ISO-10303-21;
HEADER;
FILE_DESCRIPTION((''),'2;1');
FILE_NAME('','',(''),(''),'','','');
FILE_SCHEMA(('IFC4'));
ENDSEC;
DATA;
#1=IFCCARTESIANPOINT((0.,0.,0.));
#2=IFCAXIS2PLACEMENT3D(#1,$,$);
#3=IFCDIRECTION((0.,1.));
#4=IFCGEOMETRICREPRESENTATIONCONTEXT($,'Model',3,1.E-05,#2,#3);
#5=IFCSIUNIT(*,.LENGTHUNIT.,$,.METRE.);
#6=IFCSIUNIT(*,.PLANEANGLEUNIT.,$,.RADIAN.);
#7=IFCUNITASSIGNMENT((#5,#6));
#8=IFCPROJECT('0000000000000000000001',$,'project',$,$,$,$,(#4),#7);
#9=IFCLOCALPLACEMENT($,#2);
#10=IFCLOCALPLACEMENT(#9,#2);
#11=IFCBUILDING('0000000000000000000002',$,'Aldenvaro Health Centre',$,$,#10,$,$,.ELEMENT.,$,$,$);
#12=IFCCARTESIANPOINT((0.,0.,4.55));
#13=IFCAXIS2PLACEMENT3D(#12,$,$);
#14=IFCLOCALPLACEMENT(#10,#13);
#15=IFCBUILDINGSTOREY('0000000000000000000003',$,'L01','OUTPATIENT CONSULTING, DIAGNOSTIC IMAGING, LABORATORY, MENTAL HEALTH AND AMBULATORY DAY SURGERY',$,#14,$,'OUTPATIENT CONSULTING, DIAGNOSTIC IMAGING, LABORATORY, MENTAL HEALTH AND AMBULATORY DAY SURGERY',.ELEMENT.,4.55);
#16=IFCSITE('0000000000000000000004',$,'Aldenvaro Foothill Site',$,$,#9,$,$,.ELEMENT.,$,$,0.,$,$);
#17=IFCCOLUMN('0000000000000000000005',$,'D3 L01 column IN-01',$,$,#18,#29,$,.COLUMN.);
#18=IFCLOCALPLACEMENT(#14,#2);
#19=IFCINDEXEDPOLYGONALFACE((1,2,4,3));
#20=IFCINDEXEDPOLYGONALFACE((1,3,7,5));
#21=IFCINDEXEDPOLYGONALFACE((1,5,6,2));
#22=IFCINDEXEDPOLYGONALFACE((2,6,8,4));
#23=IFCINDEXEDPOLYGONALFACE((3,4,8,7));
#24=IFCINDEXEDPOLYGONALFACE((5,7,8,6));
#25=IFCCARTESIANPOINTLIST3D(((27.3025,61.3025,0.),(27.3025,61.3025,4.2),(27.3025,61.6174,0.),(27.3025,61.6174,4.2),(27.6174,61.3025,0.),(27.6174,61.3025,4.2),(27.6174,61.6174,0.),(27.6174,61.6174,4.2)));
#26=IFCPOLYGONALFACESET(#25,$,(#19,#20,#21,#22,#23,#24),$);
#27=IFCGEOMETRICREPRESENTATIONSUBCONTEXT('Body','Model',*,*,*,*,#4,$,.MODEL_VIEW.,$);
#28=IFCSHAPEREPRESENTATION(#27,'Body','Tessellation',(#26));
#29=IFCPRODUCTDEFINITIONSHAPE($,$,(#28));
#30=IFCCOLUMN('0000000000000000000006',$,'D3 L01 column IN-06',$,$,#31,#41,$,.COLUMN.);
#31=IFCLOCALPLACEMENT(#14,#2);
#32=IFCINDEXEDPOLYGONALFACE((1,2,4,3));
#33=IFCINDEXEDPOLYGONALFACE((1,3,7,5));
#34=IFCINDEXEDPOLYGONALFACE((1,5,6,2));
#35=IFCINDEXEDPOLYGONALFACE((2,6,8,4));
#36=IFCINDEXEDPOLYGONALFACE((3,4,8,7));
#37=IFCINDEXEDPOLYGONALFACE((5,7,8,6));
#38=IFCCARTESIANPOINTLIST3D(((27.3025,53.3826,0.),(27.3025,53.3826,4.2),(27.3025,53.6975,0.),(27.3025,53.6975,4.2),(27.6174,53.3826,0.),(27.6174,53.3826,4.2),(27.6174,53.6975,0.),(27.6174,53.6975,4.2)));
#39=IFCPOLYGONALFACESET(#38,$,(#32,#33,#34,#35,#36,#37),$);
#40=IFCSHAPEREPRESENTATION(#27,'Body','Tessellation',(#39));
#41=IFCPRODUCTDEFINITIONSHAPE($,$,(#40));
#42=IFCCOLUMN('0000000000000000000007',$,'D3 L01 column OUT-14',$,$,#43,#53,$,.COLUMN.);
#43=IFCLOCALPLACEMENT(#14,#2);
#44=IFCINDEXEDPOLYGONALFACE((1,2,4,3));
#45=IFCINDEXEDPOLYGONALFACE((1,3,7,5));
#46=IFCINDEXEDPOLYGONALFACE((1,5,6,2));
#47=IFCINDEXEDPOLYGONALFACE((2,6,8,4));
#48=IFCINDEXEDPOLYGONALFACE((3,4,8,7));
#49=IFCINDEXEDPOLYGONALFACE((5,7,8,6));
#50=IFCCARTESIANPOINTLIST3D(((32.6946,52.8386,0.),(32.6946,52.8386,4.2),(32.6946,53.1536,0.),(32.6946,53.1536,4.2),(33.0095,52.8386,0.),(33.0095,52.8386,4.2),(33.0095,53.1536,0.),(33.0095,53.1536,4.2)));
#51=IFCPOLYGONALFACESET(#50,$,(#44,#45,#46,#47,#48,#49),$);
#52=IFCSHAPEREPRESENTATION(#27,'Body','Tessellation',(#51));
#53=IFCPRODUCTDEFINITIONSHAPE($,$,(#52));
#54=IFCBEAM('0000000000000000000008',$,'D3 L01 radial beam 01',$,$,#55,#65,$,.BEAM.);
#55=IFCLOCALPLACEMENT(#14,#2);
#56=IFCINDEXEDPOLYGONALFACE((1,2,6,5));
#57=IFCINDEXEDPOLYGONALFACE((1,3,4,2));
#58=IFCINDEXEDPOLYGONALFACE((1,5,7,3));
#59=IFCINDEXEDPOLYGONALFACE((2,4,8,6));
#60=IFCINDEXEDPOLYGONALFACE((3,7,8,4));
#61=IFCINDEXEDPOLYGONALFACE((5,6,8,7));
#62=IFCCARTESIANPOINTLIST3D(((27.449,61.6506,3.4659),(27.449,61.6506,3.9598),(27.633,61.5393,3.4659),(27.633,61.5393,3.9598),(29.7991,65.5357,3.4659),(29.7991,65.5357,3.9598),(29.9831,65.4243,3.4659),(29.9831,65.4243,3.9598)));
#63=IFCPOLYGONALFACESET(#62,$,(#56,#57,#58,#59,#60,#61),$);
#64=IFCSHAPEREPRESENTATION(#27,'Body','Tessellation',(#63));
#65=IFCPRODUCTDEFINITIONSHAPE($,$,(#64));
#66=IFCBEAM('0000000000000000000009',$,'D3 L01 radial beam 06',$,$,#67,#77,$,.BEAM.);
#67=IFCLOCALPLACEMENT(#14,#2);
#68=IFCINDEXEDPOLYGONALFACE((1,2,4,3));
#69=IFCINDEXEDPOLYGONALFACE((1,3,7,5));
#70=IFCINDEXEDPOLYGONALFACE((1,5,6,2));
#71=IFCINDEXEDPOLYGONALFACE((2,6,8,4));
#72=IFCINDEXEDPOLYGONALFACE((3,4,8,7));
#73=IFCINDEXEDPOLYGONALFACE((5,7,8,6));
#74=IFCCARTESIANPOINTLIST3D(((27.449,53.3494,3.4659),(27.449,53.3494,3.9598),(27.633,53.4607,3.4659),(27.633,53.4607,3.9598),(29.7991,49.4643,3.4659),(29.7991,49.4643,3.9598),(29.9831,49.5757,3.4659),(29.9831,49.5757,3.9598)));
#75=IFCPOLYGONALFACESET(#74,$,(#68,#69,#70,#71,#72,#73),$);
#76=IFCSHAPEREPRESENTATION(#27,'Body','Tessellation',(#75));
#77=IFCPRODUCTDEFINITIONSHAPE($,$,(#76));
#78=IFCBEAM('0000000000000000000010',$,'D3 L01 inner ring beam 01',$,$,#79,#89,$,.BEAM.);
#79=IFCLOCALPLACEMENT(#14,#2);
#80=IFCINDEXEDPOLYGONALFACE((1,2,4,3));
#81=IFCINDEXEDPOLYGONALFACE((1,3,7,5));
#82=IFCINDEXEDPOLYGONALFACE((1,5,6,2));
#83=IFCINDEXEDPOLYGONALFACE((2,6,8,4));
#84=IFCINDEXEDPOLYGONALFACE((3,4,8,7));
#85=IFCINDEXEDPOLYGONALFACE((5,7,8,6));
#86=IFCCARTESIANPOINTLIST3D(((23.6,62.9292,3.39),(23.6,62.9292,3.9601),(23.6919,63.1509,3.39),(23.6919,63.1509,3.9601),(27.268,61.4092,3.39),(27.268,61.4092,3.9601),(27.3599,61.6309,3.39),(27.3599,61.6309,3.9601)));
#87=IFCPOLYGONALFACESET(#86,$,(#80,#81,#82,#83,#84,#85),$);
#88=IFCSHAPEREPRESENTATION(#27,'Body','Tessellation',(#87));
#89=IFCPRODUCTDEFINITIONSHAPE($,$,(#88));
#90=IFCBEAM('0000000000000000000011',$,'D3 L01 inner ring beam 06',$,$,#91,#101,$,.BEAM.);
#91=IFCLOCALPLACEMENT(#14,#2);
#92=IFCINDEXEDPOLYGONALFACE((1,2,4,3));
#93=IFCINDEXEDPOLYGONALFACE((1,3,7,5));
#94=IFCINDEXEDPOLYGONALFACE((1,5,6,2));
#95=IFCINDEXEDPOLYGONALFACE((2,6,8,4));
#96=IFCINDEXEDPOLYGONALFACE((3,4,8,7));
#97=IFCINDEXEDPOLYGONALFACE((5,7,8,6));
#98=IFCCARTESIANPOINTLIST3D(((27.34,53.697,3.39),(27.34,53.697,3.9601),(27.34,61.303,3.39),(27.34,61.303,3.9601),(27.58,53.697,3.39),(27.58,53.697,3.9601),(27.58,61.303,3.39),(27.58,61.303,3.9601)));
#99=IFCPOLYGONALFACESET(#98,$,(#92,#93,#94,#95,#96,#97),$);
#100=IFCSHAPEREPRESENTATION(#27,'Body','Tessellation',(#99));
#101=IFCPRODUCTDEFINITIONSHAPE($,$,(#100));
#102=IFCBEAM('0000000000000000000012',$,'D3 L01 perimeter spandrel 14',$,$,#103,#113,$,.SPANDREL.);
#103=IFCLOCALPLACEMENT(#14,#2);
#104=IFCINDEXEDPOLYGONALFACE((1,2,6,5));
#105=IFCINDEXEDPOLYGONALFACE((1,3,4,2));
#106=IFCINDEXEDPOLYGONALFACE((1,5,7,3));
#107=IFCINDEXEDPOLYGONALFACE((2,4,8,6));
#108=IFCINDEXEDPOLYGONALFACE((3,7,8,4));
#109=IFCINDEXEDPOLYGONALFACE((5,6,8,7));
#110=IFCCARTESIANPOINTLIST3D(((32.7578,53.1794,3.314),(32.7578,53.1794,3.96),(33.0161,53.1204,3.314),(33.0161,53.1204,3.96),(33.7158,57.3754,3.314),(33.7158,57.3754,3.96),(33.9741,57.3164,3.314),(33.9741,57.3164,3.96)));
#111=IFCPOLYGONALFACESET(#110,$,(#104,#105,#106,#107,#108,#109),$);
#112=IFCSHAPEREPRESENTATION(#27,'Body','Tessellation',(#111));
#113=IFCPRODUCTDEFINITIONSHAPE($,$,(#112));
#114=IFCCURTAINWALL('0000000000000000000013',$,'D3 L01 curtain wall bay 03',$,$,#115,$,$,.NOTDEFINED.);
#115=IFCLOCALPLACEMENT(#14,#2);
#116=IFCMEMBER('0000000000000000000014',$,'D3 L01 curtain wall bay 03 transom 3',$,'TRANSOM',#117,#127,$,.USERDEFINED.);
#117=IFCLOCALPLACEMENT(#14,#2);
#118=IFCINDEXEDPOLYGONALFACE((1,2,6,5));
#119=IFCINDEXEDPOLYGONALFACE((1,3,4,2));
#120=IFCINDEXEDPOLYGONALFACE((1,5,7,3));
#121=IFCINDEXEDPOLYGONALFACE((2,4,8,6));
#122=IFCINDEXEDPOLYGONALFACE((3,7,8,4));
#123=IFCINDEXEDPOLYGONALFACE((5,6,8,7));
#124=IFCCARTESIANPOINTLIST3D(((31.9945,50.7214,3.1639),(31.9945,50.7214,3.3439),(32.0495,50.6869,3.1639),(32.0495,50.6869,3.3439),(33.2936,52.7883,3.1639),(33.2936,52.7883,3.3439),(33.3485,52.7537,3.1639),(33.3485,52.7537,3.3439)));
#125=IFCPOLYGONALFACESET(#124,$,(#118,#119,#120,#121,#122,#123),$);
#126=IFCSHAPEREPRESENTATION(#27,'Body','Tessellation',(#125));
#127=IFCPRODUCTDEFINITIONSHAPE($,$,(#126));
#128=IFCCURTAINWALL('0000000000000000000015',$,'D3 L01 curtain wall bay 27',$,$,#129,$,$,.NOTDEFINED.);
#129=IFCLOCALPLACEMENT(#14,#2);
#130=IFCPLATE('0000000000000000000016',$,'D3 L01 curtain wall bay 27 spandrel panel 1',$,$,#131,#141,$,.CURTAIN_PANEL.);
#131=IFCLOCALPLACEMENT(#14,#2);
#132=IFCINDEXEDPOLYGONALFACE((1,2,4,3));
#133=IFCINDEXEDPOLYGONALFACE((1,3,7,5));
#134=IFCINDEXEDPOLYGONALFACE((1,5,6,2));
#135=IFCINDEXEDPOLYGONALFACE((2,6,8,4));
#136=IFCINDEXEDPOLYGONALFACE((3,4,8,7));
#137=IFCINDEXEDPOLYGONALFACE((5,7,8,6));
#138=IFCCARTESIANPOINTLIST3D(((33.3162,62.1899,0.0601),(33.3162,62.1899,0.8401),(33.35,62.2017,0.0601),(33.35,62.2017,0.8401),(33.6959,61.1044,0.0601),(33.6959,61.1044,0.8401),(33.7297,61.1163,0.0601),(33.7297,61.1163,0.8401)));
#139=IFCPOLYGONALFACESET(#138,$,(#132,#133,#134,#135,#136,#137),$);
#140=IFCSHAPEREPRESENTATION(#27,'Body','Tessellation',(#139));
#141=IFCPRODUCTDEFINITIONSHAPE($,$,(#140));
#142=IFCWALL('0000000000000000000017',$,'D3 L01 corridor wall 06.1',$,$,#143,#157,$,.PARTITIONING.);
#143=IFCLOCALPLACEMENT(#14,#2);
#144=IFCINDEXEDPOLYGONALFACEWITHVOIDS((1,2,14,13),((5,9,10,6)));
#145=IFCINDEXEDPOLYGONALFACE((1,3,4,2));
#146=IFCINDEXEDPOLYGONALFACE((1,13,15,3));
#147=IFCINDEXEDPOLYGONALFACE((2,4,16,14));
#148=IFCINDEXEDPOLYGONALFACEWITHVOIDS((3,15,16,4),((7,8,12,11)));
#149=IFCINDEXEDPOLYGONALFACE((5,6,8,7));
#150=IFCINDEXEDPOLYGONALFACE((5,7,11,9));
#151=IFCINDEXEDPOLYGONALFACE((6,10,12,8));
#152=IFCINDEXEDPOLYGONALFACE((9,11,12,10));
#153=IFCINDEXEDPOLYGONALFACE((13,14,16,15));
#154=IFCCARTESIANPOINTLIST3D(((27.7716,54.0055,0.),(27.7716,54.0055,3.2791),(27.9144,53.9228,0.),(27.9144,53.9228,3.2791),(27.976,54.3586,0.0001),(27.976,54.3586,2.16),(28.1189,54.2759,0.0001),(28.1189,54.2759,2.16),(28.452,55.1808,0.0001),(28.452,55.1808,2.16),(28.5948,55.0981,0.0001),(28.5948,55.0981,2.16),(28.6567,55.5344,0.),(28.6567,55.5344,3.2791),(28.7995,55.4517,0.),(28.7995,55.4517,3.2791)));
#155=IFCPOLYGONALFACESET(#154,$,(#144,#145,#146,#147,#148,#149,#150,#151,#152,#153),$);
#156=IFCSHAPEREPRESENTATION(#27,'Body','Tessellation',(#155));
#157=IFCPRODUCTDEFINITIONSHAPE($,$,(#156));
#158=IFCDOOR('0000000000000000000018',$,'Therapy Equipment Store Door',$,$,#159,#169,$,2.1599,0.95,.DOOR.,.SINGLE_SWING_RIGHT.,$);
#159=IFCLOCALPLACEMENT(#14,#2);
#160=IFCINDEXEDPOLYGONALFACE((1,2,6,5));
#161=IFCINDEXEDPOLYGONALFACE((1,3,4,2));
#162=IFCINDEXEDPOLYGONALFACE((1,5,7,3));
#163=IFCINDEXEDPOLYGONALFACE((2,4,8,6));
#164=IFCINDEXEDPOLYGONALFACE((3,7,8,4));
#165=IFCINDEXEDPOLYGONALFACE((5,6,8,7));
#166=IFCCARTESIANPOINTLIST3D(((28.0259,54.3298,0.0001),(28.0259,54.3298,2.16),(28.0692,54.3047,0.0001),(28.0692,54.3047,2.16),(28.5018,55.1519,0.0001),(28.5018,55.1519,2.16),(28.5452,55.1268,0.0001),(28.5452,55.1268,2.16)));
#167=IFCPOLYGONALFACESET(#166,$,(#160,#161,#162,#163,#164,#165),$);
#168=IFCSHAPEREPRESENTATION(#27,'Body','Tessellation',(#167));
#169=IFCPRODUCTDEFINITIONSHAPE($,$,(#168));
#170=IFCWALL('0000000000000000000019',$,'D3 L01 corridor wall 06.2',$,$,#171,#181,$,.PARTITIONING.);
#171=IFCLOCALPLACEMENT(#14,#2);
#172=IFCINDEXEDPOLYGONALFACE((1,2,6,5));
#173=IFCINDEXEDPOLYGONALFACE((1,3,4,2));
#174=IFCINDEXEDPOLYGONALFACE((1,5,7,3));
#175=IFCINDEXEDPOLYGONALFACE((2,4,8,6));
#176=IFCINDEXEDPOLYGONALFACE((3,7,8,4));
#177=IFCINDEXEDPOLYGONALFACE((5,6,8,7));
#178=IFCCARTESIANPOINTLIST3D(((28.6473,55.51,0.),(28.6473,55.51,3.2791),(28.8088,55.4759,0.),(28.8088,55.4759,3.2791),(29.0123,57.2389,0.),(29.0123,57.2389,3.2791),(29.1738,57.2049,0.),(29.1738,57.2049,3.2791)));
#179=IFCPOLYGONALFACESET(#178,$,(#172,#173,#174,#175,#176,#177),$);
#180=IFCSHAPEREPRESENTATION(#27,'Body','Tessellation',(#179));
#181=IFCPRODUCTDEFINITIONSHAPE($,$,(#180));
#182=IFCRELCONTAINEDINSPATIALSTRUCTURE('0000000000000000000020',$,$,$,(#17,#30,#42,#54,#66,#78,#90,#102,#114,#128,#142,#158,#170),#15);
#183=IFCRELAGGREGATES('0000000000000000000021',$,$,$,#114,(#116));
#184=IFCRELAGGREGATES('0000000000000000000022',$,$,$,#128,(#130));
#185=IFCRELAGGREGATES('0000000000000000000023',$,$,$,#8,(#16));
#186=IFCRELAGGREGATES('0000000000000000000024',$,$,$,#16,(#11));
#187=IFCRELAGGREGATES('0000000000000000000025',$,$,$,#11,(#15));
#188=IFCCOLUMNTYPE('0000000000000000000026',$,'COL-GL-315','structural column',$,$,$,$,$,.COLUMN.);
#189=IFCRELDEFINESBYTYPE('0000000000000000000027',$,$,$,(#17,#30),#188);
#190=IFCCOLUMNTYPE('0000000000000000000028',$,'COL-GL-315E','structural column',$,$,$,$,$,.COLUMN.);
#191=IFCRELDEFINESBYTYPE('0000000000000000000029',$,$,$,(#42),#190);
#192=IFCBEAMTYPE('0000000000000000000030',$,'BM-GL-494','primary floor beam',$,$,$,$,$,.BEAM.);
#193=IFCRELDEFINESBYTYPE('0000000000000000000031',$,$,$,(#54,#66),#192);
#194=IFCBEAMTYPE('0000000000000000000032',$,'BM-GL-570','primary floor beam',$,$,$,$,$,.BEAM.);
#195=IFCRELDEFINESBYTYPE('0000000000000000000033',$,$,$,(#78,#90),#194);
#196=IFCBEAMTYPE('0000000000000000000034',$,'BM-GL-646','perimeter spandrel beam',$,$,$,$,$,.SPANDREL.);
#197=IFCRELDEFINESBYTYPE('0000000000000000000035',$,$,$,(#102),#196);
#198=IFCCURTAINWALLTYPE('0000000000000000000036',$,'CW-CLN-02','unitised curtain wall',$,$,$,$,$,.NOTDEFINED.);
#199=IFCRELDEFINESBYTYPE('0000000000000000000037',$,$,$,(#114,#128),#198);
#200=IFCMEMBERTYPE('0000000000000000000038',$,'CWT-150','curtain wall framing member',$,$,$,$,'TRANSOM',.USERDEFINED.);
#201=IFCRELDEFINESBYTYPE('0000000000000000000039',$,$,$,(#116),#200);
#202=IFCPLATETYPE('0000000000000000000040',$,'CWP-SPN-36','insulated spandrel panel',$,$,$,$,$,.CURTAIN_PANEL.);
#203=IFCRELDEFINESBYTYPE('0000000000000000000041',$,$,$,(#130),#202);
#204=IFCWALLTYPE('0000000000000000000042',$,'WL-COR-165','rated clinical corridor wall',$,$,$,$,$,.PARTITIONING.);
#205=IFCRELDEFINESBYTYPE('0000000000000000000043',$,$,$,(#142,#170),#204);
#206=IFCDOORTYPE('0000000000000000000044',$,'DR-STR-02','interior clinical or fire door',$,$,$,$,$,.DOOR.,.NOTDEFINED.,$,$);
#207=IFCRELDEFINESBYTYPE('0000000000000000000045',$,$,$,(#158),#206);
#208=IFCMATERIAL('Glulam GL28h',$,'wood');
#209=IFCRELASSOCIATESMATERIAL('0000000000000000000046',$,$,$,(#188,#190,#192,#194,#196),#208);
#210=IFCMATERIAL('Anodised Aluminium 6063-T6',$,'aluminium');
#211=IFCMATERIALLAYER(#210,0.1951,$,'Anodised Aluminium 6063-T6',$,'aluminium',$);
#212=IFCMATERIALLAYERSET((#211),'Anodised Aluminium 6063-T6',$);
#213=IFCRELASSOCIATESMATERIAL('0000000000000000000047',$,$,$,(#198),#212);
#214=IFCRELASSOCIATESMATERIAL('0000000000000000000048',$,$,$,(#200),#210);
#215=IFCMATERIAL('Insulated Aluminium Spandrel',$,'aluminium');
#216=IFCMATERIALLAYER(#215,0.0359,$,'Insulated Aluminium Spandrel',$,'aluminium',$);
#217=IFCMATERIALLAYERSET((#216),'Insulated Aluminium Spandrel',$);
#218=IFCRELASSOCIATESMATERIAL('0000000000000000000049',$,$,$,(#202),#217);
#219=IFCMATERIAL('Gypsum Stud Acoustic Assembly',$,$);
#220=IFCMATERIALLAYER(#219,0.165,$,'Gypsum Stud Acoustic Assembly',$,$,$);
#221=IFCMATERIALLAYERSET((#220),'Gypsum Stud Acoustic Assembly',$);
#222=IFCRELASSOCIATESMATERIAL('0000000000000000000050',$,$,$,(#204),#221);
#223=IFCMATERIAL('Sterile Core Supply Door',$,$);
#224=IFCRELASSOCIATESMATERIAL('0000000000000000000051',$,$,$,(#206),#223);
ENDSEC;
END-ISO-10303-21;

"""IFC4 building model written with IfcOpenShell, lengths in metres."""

from ifc_helpers import new_model, si_unit, direction, frame, frame_2d, origin, origin_2d, place, context, subcontext, project, spatial, rectangle, extrude, material, layer, layer_set, material_profile, profile_set, type_object, element, fill, aggregate, save


model = new_model("IFC4")

# Units and contexts
model_context = context("Model", 3, precision=1e-05, world=origin(), true_north=direction((0.0, 1.0)))
body_context = subcontext(model_context, "Body", "Model", "MODEL_VIEW")
ifc_project = project(units=[si_unit("LENGTHUNIT", "METRE"), si_unit("PLANEANGLEUNIT", "RADIAN")], contexts=[model_context])

# Site, building, storey
site_placement = place(None, origin())
site = spatial("IfcSite", under=ifc_project, at=site_placement, Name="Aldenvaro Foothill Site", CompositionType="ELEMENT", RefElevation=0.0)
building_placement = place(site_placement, origin())
building = spatial("IfcBuilding", under=site, at=building_placement, Name="Aldenvaro Health Centre", CompositionType="ELEMENT")
storey_placement = place(building_placement, frame((0.0, 0.0, 4.55)))
storey = spatial("IfcBuildingStorey", under=building, at=storey_placement, Name="L01", Description="OUTPATIENT CONSULTING, DIAGNOSTIC IMAGING, LABORATORY, MENTAL HEALTH AND AMBULATORY DAY SURGERY", LongName="OUTPATIENT CONSULTING, DIAGNOSTIC IMAGING, LABORATORY, MENTAL HEALTH AND AMBULATORY DAY SURGERY", CompositionType="ELEMENT", Elevation=4.55)

# Columns
ifc_material_1 = material(Name="Glulam GL28h", Category="wood")
ifc_material_profile_1 = material_profile(ifc_material_1, rectangle(XDim=0.3149, YDim=0.3149, at=origin_2d()), Name="GL 315x315", Category="wood")
ifc_profile_set_1 = profile_set([ifc_material_profile_1], Name="Glulam GL28h")
column_type_1 = type_object("IfcColumnType", Name="COL-GL-315", Description="structural column", PredefinedType="COLUMN", material=ifc_profile_set_1)
for number, where, z_axis, x_axis, name in (
    (1, (27.46, 61.46, 0.0), (0.0, 0.0, 1.0), (1.0, 0.0, 0.0), "D3 L01 column IN-01"),
    (2, (27.46, 53.54, 0.0), (0.0, 0.0, 1.0), (1.0, 0.0, 0.0), "D3 L01 column IN-06"),
):
    element("IfcColumn", number, at=place(storey_placement, frame(where, z_axis=z_axis, x_axis=x_axis)), inside=storey, type_object=column_type_1, Name=name, PredefinedType="COLUMN", context=body_context, shape_type="SweptSolid", body=[
        extrude(rectangle(XDim=0.3149, YDim=0.3149, at=origin_2d()), origin(), (0.0, 0.0, 1.0), 4.2),
    ])
ifc_material_profile_2 = material_profile(ifc_material_1, rectangle(XDim=0.3149, YDim=0.3149, at=origin_2d()), Name="GL 315x315", Category="wood")
ifc_profile_set_2 = profile_set([ifc_material_profile_2], Name="Glulam GL28h")
column_type_2 = type_object("IfcColumnType", Name="COL-GL-315E", Description="structural column", PredefinedType="COLUMN", material=ifc_profile_set_2)
column_placement = place(storey_placement, frame((32.8521, 52.9961, 0.0), z_axis=(0.0, 0.0, 1.0), x_axis=(1.0, 0.0, 0.0)))
element("IfcColumn", 3, at=column_placement, inside=storey, type_object=column_type_2, Name="D3 L01 column OUT-14", PredefinedType="COLUMN", context=body_context, shape_type="SweptSolid", body=[
    extrude(rectangle(XDim=0.3149, YDim=0.3149, at=origin_2d()), origin(), (0.0, 0.0, 1.0), 4.2),
])

# Beams
ifc_material_profile_3 = material_profile(ifc_material_1, rectangle(XDim=0.2151, YDim=0.4939, at=origin_2d()), Name="GL 215x494", Category="wood")
ifc_profile_set_3 = profile_set([ifc_material_profile_3], Name="Glulam GL28h")
beam_type_1 = type_object("IfcBeamType", Name="BM-GL-494", Description="primary floor beam", PredefinedType="BEAM", material=ifc_profile_set_3)
for number, where, z_axis, x_axis, name in (
    (4, (27.541, 61.595, 3.7129), (0.517584, 0.855632, 0.0), (-0.855632, 0.517584, 0.0), "D3 L01 radial beam 01"),
    (5, (27.541, 53.405, 3.7129), (0.517584, -0.855632, 0.0), (0.855632, 0.517584, 0.0), "D3 L01 radial beam 06"),
):
    element("IfcBeam", number, at=place(storey_placement, frame(where, z_axis=z_axis, x_axis=x_axis)), inside=storey, type_object=beam_type_1, Name=name, PredefinedType="BEAM", context=body_context, shape_type="SweptSolid", body=[
        extrude(rectangle(XDim=0.2151, YDim=0.4939, at=origin_2d()), origin(), (0.0, 0.0, 1.0), 4.5405),
    ])
ifc_material_profile_4 = material_profile(ifc_material_1, rectangle(XDim=0.24, YDim=0.5701, at=origin_2d()), Name="GL 240x570", Category="wood")
ifc_profile_set_4 = profile_set([ifc_material_profile_4], Name="Glulam GL28h")
beam_type_2 = type_object("IfcBeamType", Name="BM-GL-570", Description="primary floor beam", PredefinedType="BEAM", material=ifc_profile_set_4)
beam_1_placement = place(storey_placement, frame((27.314, 61.52, 3.675), z_axis=(-0.923817, 0.382833, 0.0), x_axis=(-0.382833, -0.923817, 0.0)))
element("IfcBeam", 6, at=beam_1_placement, inside=storey, type_object=beam_type_2, Name="D3 L01 inner ring beam 01", PredefinedType="BEAM", context=body_context, shape_type="SweptSolid", body=[
    extrude(rectangle(XDim=0.24, YDim=0.5701, at=origin_2d()), origin(), (0.0, 0.0, 1.0), 3.9705),
])
beam_2_placement = place(storey_placement, frame((27.46, 53.697, 3.675), z_axis=(0.0, 1.0, 0.0), x_axis=(-1.0, 0.0, 0.0)))
element("IfcBeam", 7, at=beam_2_placement, inside=storey, type_object=beam_type_2, Name="D3 L01 inner ring beam 06", PredefinedType="BEAM", context=body_context, shape_type="SweptSolid", body=[
    extrude(rectangle(XDim=0.24, YDim=0.5701, at=origin_2d()), origin(), (0.0, 0.0, 1.0), 7.606),
])
ifc_material_profile_5 = material_profile(ifc_material_1, rectangle(XDim=0.2649, YDim=0.646, at=origin_2d()), Name="GL 265x646", Category="wood")
ifc_profile_set_5 = profile_set([ifc_material_profile_5], Name="Glulam GL28h")
beam_type_3 = type_object("IfcBeamType", Name="BM-GL-646", Description="perimeter spandrel beam", PredefinedType="SPANDREL", material=ifc_profile_set_5)
beam_3_placement = place(storey_placement, frame((32.887, 53.1499, 3.637), z_axis=(0.222585, 0.974913, 0.0), x_axis=(-0.974913, 0.222585, 0.0)))
element("IfcBeam", 8, at=beam_3_placement, inside=storey, type_object=beam_type_3, Name="D3 L01 perimeter spandrel 14", PredefinedType="SPANDREL", context=body_context, shape_type="SweptSolid", body=[
    extrude(rectangle(XDim=0.2649, YDim=0.646, at=origin_2d()), origin(), (0.0, 0.0, 1.0), 4.304),
])

# Curtain wall, member
ifc_material_2 = material(Name="Anodised Aluminium 6063-T6", Category="aluminium")
ifc_layer_1 = layer(ifc_material_2, 0.1951, Name="Anodised Aluminium 6063-T6", Category="aluminium")
ifc_layer_set_1 = layer_set([ifc_layer_1], Name="Anodised Aluminium 6063-T6")
curtain_wall_type = type_object("IfcCurtainWallType", Name="CW-CLN-02", Description="unitised curtain wall", PredefinedType="NOTDEFINED", material=ifc_layer_set_1)
curtain_wall_1_placement = place(storey_placement, origin())
curtain_wall_1 = element("IfcCurtainWall", 9, at=curtain_wall_1_placement, inside=storey, type_object=curtain_wall_type, Name="D3 L01 curtain wall bay 03", PredefinedType="NOTDEFINED")
ifc_material_profile_6 = material_profile(ifc_material_2, rectangle(XDim=0.0649, YDim=0.1799, at=origin_2d()), Name="ALU 65x180", Category="aluminium")
ifc_profile_set_6 = profile_set([ifc_material_profile_6], Name="Anodised Aluminium 6063-T6")
member_type = type_object("IfcMemberType", Name="CWT-150", Description="curtain wall framing member", ElementType="TRANSOM", PredefinedType="USERDEFINED", material=ifc_profile_set_6)
member_placement = place(storey_placement, frame((33.321, 52.771, 3.2539), z_axis=(-0.532137, -0.846658, 0.0), x_axis=(0.846658, -0.532137, 0.0)))
member = element("IfcMember", 10, at=member_placement, type_object=member_type, Name="D3 L01 curtain wall bay 03 transom 3", ObjectType="TRANSOM", PredefinedType="USERDEFINED", context=body_context, shape_type="SweptSolid", body=[
    extrude(rectangle(XDim=0.0649, YDim=0.1799, at=origin_2d()), origin(), (0.0, 0.0, 1.0), 2.4412),
])
aggregate(curtain_wall_1, [member])

# Curtain wall, plate
curtain_wall_2_placement = place(storey_placement, origin())
curtain_wall_2 = element("IfcCurtainWall", 11, at=curtain_wall_2_placement, inside=storey, type_object=curtain_wall_type, Name="D3 L01 curtain wall bay 27", PredefinedType="NOTDEFINED")
ifc_material_3 = material(Name="Insulated Aluminium Spandrel", Category="aluminium")
ifc_layer_2 = layer(ifc_material_3, 0.0359, Name="Insulated Aluminium Spandrel", Category="aluminium")
ifc_layer_set_2 = layer_set([ifc_layer_2], Name="Insulated Aluminium Spandrel")
plate_type = type_object("IfcPlateType", Name="CWP-SPN-36", Description="insulated spandrel panel", PredefinedType="CURTAIN_PANEL", material=ifc_layer_set_2)
plate_placement = place(storey_placement, frame((33.5229, 61.6531, 0.0601), z_axis=(0.0, 0.0, 1.0), x_axis=(0.330204, -0.943909, 0.0)))
plate = element("IfcPlate", 12, at=plate_placement, type_object=plate_type, Name="D3 L01 curtain wall bay 27 spandrel panel 1", PredefinedType="CURTAIN_PANEL", context=body_context, shape_type="SweptSolid", body=[
    extrude(rectangle(XDim=1.1499, YDim=0.0359, at=origin_2d()), origin(), (0.0, 0.0, 1.0), 0.78),
])
aggregate(curtain_wall_2, [plate])

# Wall, opening, door
ifc_material_4 = material(Name="Gypsum Stud Acoustic Assembly")
ifc_layer_3 = layer(ifc_material_4, 0.165, Name="Gypsum Stud Acoustic Assembly")
ifc_layer_set_3 = layer_set([ifc_layer_3], Name="Gypsum Stud Acoustic Assembly")
wall_type_1 = type_object("IfcWallType", Name="WL-COR-165", Description="rated clinical corridor wall", PredefinedType="PARTITIONING", material=ifc_layer_set_3)
wall_1_placement = place(storey_placement, frame((27.843, 53.9641, 0.0), z_axis=(0.0, 0.0, 1.0), x_axis=(0.500998, 0.865448, 0.0)))
wall_1 = element("IfcWall", 13, at=wall_1_placement, inside=storey, type_object=wall_type_1, Name="D3 L01 corridor wall 06.1", PredefinedType="PARTITIONING", context=body_context, shape_type="SweptSolid", body=[
    extrude(rectangle(XDim=1.7666, YDim=0.165, at=frame_2d((0.8833, 0.0))), origin(), (0.0, 0.0, 1.0), 3.2791),
])
opening_1_placement = place(wall_1_placement, frame((0.408, 0.0, 0.0)))
opening_1 = element("IfcOpeningElement", 14, at=opening_1_placement, cuts=wall_1, PredefinedType="OPENING", context=body_context, shape_type="SweptSolid", body=[
    extrude(rectangle(XDim=0.95, YDim=2.1599, at=frame_2d((0.4751, 1.0801))), frame((0.0, 0.0925, 0.0), z_axis=(0.0, -1.0, 0.0), x_axis=(1.0, 0.0, 0.0)), (0.0, 0.0, 1.0), 0.1851),
])
ifc_material_5 = material(Name="Sterile Core Supply Door")
door_type_1 = type_object("IfcDoorType", Name="DR-STR-02", Description="interior clinical or fire door", OperationType="NOTDEFINED", PredefinedType="DOOR", material=ifc_material_5)
door_1_placement = place(opening_1_placement, origin())
door_1 = element("IfcDoor", 15, at=door_1_placement, inside=storey, type_object=door_type_1, Name="Therapy Equipment Store Door", OperationType="SINGLE_SWING_RIGHT", OverallHeight=2.1599, OverallWidth=0.95, PredefinedType="DOOR", context=body_context, shape_type="SweptSolid", body=[
    extrude(rectangle(XDim=0.95, YDim=2.1599, at=frame_2d((0.4751, 1.0801))), frame((0.0, 0.0249, 0.0), z_axis=(0.0, -1.0, 0.0), x_axis=(1.0, 0.0, 0.0)), (0.0, 0.0, 1.0), 0.05),
])
fill(opening_1, door_1)

# Wall
wall_2_placement = place(storey_placement, frame((28.728, 55.4929, 0.0), z_axis=(0.0, 0.0, 1.0), x_axis=(0.206547, 0.978437, 0.0)))
element("IfcWall", 16, at=wall_2_placement, inside=storey, type_object=wall_type_1, Name="D3 L01 corridor wall 06.2", PredefinedType="PARTITIONING", context=body_context, shape_type="SweptSolid", body=[
    extrude(rectangle(XDim=1.7671, YDim=0.165, at=frame_2d((0.8835, 0.0))), origin(), (0.0, 0.0, 1.0), 3.2791),
])

save(model, "model.ifc")
